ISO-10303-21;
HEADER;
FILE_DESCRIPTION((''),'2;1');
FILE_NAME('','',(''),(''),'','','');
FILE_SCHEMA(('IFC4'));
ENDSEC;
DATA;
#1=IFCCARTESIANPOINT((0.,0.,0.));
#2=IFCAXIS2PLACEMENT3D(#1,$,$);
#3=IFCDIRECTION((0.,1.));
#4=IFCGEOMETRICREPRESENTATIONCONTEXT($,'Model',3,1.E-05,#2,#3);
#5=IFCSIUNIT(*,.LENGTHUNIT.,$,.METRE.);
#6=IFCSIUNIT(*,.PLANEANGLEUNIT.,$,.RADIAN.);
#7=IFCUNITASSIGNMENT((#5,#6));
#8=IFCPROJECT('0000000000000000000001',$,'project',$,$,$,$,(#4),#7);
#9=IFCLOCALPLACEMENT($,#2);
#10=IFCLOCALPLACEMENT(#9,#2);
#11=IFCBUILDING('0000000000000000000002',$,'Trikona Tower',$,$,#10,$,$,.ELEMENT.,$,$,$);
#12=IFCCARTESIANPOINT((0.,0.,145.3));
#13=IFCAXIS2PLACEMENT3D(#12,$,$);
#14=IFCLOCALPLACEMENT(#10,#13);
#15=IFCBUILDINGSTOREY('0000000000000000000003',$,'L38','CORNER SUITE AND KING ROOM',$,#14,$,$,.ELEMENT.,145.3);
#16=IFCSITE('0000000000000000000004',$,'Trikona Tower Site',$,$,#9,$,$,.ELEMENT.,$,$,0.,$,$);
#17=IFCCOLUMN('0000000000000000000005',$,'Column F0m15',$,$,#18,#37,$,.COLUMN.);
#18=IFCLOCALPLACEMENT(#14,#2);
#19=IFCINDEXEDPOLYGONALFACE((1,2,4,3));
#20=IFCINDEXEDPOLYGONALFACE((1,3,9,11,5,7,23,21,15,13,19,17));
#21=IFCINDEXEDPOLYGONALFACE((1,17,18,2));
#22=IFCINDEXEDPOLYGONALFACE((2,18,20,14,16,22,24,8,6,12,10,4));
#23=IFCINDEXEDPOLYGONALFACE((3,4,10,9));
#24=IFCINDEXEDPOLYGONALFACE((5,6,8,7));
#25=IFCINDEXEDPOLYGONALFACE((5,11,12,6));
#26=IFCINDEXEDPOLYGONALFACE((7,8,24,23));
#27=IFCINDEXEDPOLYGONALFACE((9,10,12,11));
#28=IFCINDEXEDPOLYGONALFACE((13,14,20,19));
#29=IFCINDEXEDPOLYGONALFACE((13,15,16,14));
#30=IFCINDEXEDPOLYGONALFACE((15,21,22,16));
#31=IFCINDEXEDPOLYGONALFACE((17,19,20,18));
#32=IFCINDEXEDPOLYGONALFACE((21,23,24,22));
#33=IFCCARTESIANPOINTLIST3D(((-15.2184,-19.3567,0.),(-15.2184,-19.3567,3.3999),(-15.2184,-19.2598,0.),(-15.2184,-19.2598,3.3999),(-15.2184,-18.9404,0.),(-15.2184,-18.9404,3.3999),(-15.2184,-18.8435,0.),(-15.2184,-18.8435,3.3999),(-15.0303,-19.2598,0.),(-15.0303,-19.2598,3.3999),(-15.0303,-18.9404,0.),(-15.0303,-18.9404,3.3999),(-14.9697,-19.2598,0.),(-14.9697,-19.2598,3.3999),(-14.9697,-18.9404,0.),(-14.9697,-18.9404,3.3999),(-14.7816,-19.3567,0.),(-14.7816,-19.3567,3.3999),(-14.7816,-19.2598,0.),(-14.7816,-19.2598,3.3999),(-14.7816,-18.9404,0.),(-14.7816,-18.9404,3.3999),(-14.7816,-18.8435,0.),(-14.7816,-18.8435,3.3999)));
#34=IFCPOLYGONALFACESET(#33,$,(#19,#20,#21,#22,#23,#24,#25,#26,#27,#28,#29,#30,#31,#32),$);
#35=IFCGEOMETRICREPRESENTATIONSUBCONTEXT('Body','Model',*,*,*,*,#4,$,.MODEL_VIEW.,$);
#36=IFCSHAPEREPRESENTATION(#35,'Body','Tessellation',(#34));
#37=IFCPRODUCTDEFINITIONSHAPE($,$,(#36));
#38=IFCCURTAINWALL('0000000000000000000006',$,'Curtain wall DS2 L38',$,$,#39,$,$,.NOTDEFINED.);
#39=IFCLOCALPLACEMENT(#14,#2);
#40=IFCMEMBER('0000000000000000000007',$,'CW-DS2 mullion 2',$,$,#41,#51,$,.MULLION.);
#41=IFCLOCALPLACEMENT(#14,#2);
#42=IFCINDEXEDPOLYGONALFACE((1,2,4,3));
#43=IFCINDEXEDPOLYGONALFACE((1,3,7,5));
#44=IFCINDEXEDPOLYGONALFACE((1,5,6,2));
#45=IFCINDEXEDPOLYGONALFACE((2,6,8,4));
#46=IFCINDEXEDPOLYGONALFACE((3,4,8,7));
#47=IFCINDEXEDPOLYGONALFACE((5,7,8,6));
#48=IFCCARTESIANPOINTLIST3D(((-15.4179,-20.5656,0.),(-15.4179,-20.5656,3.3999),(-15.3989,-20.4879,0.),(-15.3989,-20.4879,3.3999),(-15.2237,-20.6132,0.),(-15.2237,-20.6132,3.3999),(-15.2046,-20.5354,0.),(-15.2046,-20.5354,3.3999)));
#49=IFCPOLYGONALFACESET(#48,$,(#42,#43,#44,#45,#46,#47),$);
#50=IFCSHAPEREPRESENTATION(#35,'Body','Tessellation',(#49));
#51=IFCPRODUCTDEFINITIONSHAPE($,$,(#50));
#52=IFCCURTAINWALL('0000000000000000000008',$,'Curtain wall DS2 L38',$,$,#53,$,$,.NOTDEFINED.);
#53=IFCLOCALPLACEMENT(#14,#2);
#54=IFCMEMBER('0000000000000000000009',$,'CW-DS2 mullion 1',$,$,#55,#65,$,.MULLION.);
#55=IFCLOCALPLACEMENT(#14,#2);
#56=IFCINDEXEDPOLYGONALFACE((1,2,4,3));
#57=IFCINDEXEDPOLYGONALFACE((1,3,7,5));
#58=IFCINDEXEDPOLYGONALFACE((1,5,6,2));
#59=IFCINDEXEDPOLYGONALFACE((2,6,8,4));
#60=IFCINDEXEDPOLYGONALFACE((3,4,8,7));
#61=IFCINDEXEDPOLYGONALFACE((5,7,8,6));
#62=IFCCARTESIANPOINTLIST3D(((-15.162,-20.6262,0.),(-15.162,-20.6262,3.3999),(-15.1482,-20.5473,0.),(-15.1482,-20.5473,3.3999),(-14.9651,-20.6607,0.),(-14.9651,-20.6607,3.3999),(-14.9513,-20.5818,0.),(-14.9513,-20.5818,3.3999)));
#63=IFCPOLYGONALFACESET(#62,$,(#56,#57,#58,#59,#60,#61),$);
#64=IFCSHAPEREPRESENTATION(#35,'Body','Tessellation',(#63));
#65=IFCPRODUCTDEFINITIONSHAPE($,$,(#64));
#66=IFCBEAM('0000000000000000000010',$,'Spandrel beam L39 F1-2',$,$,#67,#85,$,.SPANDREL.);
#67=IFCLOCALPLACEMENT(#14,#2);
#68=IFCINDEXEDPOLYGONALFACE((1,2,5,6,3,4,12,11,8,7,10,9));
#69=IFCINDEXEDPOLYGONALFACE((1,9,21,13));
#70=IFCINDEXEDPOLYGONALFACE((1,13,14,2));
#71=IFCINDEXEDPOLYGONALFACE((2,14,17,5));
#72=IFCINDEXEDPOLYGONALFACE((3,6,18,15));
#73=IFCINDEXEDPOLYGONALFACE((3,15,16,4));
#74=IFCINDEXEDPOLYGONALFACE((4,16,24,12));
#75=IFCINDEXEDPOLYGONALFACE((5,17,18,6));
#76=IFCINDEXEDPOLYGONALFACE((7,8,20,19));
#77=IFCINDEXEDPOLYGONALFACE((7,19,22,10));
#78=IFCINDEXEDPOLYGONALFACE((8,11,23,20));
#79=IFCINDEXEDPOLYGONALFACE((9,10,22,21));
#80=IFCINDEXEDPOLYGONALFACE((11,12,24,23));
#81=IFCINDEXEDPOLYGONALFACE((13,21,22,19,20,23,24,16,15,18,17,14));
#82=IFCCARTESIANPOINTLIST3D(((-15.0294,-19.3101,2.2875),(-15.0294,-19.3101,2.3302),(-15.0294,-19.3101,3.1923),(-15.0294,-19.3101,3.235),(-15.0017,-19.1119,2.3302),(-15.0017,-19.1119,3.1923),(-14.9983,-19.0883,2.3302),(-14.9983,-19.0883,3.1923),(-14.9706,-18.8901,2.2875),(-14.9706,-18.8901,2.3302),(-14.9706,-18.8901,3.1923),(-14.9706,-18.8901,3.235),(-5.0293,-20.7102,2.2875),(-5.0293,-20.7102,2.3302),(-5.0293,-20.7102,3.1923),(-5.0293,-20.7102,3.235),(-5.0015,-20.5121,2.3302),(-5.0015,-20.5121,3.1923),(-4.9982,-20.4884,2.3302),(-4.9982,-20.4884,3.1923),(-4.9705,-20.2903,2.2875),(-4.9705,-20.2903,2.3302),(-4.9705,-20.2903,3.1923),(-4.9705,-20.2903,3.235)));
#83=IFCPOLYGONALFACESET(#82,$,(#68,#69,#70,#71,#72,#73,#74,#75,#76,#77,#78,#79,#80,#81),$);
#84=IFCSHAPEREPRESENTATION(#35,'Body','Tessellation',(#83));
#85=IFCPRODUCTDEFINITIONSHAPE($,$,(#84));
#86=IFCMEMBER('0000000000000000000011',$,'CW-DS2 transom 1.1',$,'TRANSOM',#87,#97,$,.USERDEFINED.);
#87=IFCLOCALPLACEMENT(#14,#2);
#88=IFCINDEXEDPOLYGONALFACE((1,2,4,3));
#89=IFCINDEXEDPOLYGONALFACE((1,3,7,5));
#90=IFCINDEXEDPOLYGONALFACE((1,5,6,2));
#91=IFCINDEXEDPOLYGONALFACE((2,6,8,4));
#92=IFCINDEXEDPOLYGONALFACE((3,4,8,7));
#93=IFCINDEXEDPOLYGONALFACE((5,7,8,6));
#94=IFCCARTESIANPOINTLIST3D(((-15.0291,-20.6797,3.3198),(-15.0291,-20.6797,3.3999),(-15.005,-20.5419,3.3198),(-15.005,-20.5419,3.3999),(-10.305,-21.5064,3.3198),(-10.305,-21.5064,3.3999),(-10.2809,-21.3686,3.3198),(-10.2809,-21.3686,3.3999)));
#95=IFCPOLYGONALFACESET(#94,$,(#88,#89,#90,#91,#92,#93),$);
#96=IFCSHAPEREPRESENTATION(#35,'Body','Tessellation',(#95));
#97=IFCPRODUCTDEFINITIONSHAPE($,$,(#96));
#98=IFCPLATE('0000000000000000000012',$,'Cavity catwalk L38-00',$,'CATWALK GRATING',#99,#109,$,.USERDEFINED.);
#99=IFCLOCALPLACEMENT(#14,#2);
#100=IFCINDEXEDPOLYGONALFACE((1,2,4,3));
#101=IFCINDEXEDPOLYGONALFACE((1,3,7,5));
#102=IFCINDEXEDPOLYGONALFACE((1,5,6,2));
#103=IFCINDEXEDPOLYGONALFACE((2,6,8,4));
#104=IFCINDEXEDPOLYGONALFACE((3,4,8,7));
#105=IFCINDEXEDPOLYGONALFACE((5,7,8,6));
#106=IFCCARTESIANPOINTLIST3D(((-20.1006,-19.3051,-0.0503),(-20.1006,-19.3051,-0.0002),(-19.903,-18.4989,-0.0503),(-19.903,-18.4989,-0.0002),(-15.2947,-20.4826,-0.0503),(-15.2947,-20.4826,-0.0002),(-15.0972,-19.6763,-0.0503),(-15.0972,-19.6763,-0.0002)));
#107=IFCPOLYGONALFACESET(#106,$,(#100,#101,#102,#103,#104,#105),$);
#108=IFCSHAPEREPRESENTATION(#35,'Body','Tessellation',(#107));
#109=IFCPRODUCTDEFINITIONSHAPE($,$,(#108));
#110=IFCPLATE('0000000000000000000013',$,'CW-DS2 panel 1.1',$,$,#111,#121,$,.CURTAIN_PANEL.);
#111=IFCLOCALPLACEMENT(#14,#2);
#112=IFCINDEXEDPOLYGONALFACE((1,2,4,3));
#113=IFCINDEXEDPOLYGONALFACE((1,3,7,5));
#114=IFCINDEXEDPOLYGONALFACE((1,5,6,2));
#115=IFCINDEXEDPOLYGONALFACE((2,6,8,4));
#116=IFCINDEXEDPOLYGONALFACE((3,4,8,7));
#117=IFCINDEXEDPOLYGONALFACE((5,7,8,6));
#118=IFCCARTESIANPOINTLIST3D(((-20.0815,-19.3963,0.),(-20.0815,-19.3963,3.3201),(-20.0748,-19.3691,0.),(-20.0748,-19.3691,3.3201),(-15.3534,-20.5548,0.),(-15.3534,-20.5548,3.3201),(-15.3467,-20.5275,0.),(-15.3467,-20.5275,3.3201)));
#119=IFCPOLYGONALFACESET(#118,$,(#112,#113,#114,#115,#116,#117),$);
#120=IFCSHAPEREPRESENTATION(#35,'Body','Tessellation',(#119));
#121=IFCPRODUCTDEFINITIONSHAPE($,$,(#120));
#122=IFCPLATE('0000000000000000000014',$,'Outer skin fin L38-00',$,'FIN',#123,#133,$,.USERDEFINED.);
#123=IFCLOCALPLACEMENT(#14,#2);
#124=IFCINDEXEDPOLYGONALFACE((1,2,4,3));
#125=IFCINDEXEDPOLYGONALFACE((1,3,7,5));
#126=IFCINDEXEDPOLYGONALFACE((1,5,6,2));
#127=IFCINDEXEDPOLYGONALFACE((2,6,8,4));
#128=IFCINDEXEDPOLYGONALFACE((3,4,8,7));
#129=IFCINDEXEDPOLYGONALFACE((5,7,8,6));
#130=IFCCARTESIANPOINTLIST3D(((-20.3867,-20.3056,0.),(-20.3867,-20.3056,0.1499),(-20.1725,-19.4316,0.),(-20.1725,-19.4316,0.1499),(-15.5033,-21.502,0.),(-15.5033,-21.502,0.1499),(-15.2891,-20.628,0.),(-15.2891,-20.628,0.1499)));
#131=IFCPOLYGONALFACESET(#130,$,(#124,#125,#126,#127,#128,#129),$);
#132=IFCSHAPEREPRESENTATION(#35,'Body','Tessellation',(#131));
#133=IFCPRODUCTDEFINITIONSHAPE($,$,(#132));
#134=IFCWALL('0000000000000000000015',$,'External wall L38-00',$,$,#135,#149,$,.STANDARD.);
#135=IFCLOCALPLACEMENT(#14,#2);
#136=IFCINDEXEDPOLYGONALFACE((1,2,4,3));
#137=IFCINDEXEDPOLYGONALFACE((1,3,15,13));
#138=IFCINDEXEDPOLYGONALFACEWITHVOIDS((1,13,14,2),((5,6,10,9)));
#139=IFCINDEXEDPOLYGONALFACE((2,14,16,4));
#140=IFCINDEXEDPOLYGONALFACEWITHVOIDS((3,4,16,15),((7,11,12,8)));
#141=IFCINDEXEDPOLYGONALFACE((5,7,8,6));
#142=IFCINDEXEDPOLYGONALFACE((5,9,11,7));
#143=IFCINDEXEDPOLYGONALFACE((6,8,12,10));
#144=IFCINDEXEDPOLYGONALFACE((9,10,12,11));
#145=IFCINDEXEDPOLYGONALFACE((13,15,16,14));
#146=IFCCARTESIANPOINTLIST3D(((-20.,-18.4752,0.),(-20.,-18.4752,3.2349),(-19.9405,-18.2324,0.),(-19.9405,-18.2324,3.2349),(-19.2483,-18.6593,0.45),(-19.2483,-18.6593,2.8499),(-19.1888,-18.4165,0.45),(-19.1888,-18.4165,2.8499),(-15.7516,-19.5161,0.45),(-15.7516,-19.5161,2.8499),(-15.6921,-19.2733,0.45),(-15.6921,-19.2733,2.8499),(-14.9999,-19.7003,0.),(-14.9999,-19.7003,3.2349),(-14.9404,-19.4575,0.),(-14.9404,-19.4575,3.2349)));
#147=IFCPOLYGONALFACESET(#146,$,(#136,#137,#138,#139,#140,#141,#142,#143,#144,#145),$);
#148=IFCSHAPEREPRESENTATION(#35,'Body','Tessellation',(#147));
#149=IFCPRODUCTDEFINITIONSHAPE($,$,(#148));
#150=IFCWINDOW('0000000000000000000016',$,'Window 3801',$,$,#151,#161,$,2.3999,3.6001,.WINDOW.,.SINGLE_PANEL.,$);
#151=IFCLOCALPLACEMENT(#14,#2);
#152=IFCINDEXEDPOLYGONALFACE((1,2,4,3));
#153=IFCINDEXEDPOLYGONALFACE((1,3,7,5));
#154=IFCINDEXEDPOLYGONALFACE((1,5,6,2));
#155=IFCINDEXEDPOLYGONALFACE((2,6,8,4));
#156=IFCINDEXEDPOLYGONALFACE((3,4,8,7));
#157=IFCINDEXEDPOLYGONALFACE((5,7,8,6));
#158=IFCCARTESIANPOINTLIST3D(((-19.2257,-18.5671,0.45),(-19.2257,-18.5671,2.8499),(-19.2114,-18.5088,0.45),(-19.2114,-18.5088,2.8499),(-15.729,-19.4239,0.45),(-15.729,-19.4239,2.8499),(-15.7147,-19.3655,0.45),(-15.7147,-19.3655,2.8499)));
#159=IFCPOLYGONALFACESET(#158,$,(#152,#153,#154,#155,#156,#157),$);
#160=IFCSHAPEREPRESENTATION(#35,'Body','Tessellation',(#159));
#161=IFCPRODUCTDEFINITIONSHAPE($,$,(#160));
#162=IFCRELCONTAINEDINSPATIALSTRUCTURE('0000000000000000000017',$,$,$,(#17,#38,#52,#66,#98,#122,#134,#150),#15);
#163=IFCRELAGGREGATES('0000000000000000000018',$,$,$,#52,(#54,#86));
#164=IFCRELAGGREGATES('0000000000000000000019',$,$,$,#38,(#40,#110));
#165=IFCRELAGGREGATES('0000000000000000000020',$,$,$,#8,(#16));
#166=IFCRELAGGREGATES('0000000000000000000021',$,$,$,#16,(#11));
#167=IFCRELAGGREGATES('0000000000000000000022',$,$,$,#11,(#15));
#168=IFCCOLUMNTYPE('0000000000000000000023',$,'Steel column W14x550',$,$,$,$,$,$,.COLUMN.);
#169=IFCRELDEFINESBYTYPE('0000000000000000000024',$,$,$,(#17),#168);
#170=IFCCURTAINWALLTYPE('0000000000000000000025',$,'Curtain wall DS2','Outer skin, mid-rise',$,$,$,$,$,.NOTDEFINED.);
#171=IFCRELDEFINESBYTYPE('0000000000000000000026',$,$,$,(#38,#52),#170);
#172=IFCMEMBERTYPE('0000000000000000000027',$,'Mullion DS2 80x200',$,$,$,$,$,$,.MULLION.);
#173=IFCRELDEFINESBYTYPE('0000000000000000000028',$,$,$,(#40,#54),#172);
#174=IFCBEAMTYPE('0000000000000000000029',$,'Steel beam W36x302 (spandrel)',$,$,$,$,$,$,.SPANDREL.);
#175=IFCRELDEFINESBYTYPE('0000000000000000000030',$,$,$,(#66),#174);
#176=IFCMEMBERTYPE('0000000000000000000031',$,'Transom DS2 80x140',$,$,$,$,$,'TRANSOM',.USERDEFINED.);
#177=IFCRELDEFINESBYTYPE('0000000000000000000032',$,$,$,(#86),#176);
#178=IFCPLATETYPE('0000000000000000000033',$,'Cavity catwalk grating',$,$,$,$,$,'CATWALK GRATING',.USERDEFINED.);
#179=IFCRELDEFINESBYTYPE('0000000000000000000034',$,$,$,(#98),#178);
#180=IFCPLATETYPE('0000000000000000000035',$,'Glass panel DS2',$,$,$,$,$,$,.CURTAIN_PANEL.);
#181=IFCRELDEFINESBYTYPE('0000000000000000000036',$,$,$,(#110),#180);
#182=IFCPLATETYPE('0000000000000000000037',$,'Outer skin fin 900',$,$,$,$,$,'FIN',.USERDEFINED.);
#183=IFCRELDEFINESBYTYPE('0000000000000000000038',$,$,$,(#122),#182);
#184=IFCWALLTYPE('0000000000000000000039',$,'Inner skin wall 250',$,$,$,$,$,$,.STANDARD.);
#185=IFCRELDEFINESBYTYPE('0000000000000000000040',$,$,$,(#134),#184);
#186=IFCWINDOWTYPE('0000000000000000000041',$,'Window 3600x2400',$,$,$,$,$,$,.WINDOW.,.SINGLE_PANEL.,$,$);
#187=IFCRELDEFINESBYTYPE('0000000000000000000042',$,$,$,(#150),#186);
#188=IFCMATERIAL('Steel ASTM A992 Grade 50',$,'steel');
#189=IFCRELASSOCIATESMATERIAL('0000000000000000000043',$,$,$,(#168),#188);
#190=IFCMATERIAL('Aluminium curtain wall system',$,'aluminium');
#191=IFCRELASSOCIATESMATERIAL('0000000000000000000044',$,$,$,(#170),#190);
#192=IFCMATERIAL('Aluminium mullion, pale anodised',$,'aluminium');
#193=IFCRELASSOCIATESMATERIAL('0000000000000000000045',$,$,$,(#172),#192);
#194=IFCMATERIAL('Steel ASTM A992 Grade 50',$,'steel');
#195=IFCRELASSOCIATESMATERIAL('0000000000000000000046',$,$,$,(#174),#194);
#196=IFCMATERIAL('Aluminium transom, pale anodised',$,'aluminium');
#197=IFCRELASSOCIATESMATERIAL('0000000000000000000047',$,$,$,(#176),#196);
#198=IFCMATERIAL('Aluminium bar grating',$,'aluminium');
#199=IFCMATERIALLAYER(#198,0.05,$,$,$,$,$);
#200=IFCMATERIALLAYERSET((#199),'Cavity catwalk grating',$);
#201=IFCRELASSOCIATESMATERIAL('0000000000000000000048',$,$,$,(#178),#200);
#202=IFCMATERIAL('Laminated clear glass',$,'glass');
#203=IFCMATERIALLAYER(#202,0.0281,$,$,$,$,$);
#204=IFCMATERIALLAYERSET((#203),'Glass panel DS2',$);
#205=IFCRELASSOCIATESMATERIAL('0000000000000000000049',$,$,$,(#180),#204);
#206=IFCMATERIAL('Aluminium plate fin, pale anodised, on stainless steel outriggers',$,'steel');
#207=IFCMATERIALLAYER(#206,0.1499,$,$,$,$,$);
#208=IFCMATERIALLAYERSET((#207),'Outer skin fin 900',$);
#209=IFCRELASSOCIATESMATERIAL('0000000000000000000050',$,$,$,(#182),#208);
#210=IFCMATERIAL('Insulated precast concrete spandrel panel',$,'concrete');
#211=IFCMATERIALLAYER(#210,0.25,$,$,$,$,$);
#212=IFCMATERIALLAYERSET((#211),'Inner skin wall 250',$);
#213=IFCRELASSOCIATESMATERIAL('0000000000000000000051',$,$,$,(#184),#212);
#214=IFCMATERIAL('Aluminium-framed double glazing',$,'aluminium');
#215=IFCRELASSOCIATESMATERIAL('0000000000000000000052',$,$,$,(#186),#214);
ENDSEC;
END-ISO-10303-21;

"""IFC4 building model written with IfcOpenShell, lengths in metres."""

from ifc_helpers import new_model, si_unit, direction, frame, frame_2d, origin, origin_2d, place, context, subcontext, project, spatial, rectangle, i_section, extrude, material, layer, layer_set, material_profile, profile_set, type_object, element, fill, aggregate, save


model = new_model("IFC4")

# Units and contexts
model_context = context("Model", 3, precision=1e-05, world=origin(), true_north=direction((0.0, 1.0)))
body_context = subcontext(model_context, "Body", "Model", "MODEL_VIEW")
ifc_project = project(units=[si_unit("LENGTHUNIT", "METRE"), si_unit("PLANEANGLEUNIT", "RADIAN")], contexts=[model_context])

# Site, building, storey
site_placement = place(None, origin())
site = spatial("IfcSite", under=ifc_project, at=site_placement, Name="Trikona Tower Site", CompositionType="ELEMENT", RefElevation=0.0)
building_placement = place(site_placement, origin())
building = spatial("IfcBuilding", under=site, at=building_placement, Name="Trikona Tower", CompositionType="ELEMENT")
storey_placement = place(building_placement, frame((0.0, 0.0, 145.3)))
storey = spatial("IfcBuildingStorey", under=building, at=storey_placement, Name="L38", Description="CORNER SUITE AND KING ROOM", CompositionType="ELEMENT", Elevation=145.3)

# Column
ifc_material_1 = material(Name="Steel ASTM A992 Grade 50", Category="steel")
ifc_material_profile_1 = material_profile(ifc_material_1, i_section(OverallWidth=0.4368, OverallDepth=0.5132, WebThickness=0.0605, FlangeThickness=0.0969, at=origin_2d()), Name="W14X550")
ifc_profile_set_1 = profile_set([ifc_material_profile_1], Name="Steel ASTM A992 Grade 50")
column_type = type_object("IfcColumnType", Name="Steel column W14x550", PredefinedType="COLUMN", material=ifc_profile_set_1)
column_placement = place(storey_placement, frame((-15.0, -19.1001, 0.0), z_axis=(0.0, 0.0, 1.0), x_axis=(1.0, 0.0, 0.0)))
element("IfcColumn", 1, at=column_placement, inside=storey, type_object=column_type, Name="Column F0m15", PredefinedType="COLUMN", context=body_context, shape_type="SweptSolid", body=[
    extrude(i_section(OverallWidth=0.4368, OverallDepth=0.5132, WebThickness=0.0605, FlangeThickness=0.0969, at=origin_2d()), origin(), (0.0, 0.0, 1.0), 3.3999),
])

# Curtain walls, members
ifc_material_2 = material(Name="Aluminium curtain wall system", Category="aluminium")
curtain_wall_type = type_object("IfcCurtainWallType", Name="Curtain wall DS2", Description="Outer skin, mid-rise", PredefinedType="NOTDEFINED", material=ifc_material_2)
curtain_wall_1_placement = place(storey_placement, origin())
curtain_wall_1 = element("IfcCurtainWall", 2, at=curtain_wall_1_placement, inside=storey, type_object=curtain_wall_type, Name="Curtain wall DS2 L38", PredefinedType="NOTDEFINED")
ifc_material_3 = material(Name="Aluminium mullion, pale anodised", Category="aluminium")
ifc_material_profile_2 = material_profile(ifc_material_3, rectangle(XDim=0.0801, YDim=0.2, at=origin_2d()), Name="MUL-DS2")
ifc_profile_set_2 = profile_set([ifc_material_profile_2], Name="Aluminium mullion, pale anodised")
member_type_1 = type_object("IfcMemberType", Name="Mullion DS2 80x200", PredefinedType="MULLION", material=ifc_profile_set_2)
member_1_placement = place(storey_placement, frame((-15.3113, -20.5505, 0.0), z_axis=(0.0, 0.0, 1.0), x_axis=(0.23797, 0.971272, 0.0)))
member_1 = element("IfcMember", 3, at=member_1_placement, type_object=member_type_1, Name="CW-DS2 mullion 2", PredefinedType="MULLION", context=body_context, shape_type="SweptSolid", body=[
    extrude(rectangle(XDim=0.0801, YDim=0.2, at=origin_2d()), origin(), (0.0, 0.0, 1.0), 3.3999),
])
curtain_wall_2_placement = place(storey_placement, origin())
curtain_wall_2 = element("IfcCurtainWall", 4, at=curtain_wall_2_placement, inside=storey, type_object=curtain_wall_type, Name="Curtain wall DS2 L38", PredefinedType="NOTDEFINED")
member_2_placement = place(storey_placement, frame((-15.0566, -20.604, 0.0), z_axis=(0.0, 0.0, 1.0), x_axis=(0.172377, 0.985031, 0.0)))
member_2 = element("IfcMember", 5, at=member_2_placement, type_object=member_type_1, Name="CW-DS2 mullion 1", PredefinedType="MULLION", context=body_context, shape_type="SweptSolid", body=[
    extrude(rectangle(XDim=0.0801, YDim=0.2, at=origin_2d()), origin(), (0.0, 0.0, 1.0), 3.3999),
])

# Beam
ifc_material_4 = material(Name="Steel ASTM A992 Grade 50", Category="steel")
ifc_material_profile_3 = material_profile(ifc_material_4, i_section(OverallWidth=0.4241, OverallDepth=0.9475, WebThickness=0.0239, FlangeThickness=0.0427, at=origin_2d()), Name="W36X302")
ifc_profile_set_3 = profile_set([ifc_material_profile_3], Name="Steel ASTM A992 Grade 50")
beam_type = type_object("IfcBeamType", Name="Steel beam W36x302 (spandrel)", PredefinedType="SPANDREL", material=ifc_profile_set_3)
beam_placement = place(storey_placement, frame((-15.0, -19.1001, 2.7612), z_axis=(0.99034, -0.138662, 0.0), x_axis=(0.138662, 0.99034, 0.0)))
element("IfcBeam", 6, at=beam_placement, inside=storey, type_object=beam_type, Name="Spandrel beam L39 F1-2", PredefinedType="SPANDREL", context=body_context, shape_type="SweptSolid", body=[
    extrude(i_section(OverallWidth=0.4241, OverallDepth=0.9475, WebThickness=0.0239, FlangeThickness=0.0427, at=origin_2d()), origin(), (0.0, 0.0, 1.0), 10.0977),
])

# Member
ifc_material_5 = material(Name="Aluminium transom, pale anodised", Category="aluminium")
ifc_material_profile_4 = material_profile(ifc_material_5, rectangle(XDim=0.1399, YDim=0.0801, at=origin_2d()), Name="TRN-DS2")
ifc_profile_set_4 = profile_set([ifc_material_profile_4], Name="Aluminium transom, pale anodised")
member_type_2 = type_object("IfcMemberType", Name="Transom DS2 80x140", ElementType="TRANSOM", PredefinedType="USERDEFINED", material=ifc_profile_set_4)
member_3_placement = place(storey_placement, frame((-15.0171, -20.6108, 3.3599), z_axis=(0.985033, -0.172368, 0.0), x_axis=(0.172368, 0.985033, 0.0)))
member_3 = element("IfcMember", 7, at=member_3_placement, type_object=member_type_2, Name="CW-DS2 transom 1.1", ObjectType="TRANSOM", PredefinedType="USERDEFINED", context=body_context, shape_type="SweptSolid", body=[
    extrude(rectangle(XDim=0.1399, YDim=0.0801, at=origin_2d()), origin(), (0.0, 0.0, 1.0), 4.7959),
])
aggregate(curtain_wall_2, [member_2, member_3])

# Plates
ifc_material_6 = material(Name="Aluminium bar grating", Category="aluminium")
ifc_layer_1 = layer(ifc_material_6, 0.05)
ifc_layer_set_1 = layer_set([ifc_layer_1], Name="Cavity catwalk grating")
plate_type_1 = type_object("IfcPlateType", Name="Cavity catwalk grating", ElementType="CATWALK GRATING", PredefinedType="USERDEFINED", material=ifc_layer_set_1)
plate_1_placement = place(storey_placement, frame((-17.5989, -19.4907, -0.0503), z_axis=(0.0, 0.0, 1.0), x_axis=(0.971274, -0.237962, 0.0)))
element("IfcPlate", 8, at=plate_1_placement, inside=storey, type_object=plate_type_1, Name="Cavity catwalk L38-00", ObjectType="CATWALK GRATING", PredefinedType="USERDEFINED", context=body_context, shape_type="SweptSolid", body=[
    extrude(rectangle(XDim=4.948, YDim=0.8301, at=origin_2d()), origin(), (0.0, 0.0, 1.0), 0.05),
])
ifc_material_7 = material(Name="Laminated clear glass", Category="glass")
ifc_layer_2 = layer(ifc_material_7, 0.0281)
ifc_layer_set_2 = layer_set([ifc_layer_2], Name="Glass panel DS2")
plate_type_2 = type_object("IfcPlateType", Name="Glass panel DS2", PredefinedType="CURTAIN_PANEL", material=ifc_layer_set_2)
plate_2_placement = place(storey_placement, frame((-17.7141, -19.9619, 0.0), z_axis=(0.0, 0.0, 1.0), x_axis=(0.971272, -0.23797, 0.0)))
plate_2 = element("IfcPlate", 9, at=plate_2_placement, type_object=plate_type_2, Name="CW-DS2 panel 1.1", PredefinedType="CURTAIN_PANEL", context=body_context, shape_type="SweptSolid", body=[
    extrude(rectangle(XDim=4.8679, YDim=0.0281, at=origin_2d()), origin(), (0.0, 0.0, 1.0), 3.3201),
])
aggregate(curtain_wall_1, [member_1, plate_2])
ifc_material_8 = material(Name="Aluminium plate fin, pale anodised, on stainless steel outriggers", Category="steel")
ifc_layer_3 = layer(ifc_material_8, 0.1499)
ifc_layer_set_3 = layer_set([ifc_layer_3], Name="Outer skin fin 900")
plate_type_3 = type_object("IfcPlateType", Name="Outer skin fin 900", ElementType="FIN", PredefinedType="USERDEFINED", material=ifc_layer_set_3)
plate_3_placement = place(storey_placement, frame((-17.8379, -20.4668, 0.0), z_axis=(0.0, 0.0, 1.0), x_axis=(0.971274, -0.237962, 0.0)))
element("IfcPlate", 10, at=plate_3_placement, inside=storey, type_object=plate_type_3, Name="Outer skin fin L38-00", ObjectType="FIN", PredefinedType="USERDEFINED", context=body_context, shape_type="SweptSolid", body=[
    extrude(rectangle(XDim=5.0278, YDim=0.8999, at=origin_2d()), origin(), (0.0, 0.0, 1.0), 0.1499),
])

# Wall, opening, window
ifc_material_9 = material(Name="Insulated precast concrete spandrel panel", Category="concrete")
ifc_layer_4 = layer(ifc_material_9, 0.25)
ifc_layer_set_4 = layer_set([ifc_layer_4], Name="Inner skin wall 250")
wall_type_1 = type_object("IfcWallType", Name="Inner skin wall 250", PredefinedType="STANDARD", material=ifc_layer_set_4)
wall_1_placement = place(storey_placement, frame((-19.9702, -18.3538, 0.0), z_axis=(0.0, 0.0, 1.0), x_axis=(0.97127, -0.23798, 0.0)))
wall_1 = element("IfcWall", 11, at=wall_1_placement, inside=storey, type_object=wall_type_1, Name="External wall L38-00", PredefinedType="STANDARD", context=body_context, shape_type="SweptSolid", body=[
    extrude(rectangle(XDim=5.1479, YDim=0.25, at=frame_2d((2.574, 0.0))), origin(), (0.0, 0.0, 1.0), 3.2349),
])
opening_1_placement = place(wall_1_placement, frame((0.7739, 0.0, 0.45)))
opening_1 = element("IfcOpeningElement", 12, at=opening_1_placement, cuts=wall_1, PredefinedType="OPENING", context=body_context, shape_type="SweptSolid", body=[
    extrude(rectangle(XDim=3.6001, YDim=2.3999, at=frame_2d((1.8, 1.2))), frame((0.0, 0.135, 0.0), z_axis=(0.0, -1.0, 0.0), x_axis=(1.0, 0.0, 0.0)), (0.0, 0.0, 1.0), 0.27),
])
ifc_material_10 = material(Name="Aluminium-framed double glazing", Category="aluminium")
window_type = type_object("IfcWindowType", Name="Window 3600x2400", PartitioningType="SINGLE_PANEL", PredefinedType="WINDOW", material=ifc_material_10)
window_1_placement = place(opening_1_placement, origin())
window_1 = element("IfcWindow", 13, at=window_1_placement, inside=storey, type_object=window_type, Name="Window 3801", OverallHeight=2.3999, OverallWidth=3.6001, PartitioningType="SINGLE_PANEL", PredefinedType="WINDOW", context=body_context, shape_type="SweptSolid", body=[
    extrude(rectangle(XDim=3.6001, YDim=2.3999, at=frame_2d((1.8, 1.2))), frame((0.0, 0.03, 0.0), z_axis=(0.0, -1.0, 0.0), x_axis=(1.0, 0.0, 0.0)), (0.0, 0.0, 1.0), 0.0601),
])
fill(opening_1, window_1)

save(model, "model.ifc")
